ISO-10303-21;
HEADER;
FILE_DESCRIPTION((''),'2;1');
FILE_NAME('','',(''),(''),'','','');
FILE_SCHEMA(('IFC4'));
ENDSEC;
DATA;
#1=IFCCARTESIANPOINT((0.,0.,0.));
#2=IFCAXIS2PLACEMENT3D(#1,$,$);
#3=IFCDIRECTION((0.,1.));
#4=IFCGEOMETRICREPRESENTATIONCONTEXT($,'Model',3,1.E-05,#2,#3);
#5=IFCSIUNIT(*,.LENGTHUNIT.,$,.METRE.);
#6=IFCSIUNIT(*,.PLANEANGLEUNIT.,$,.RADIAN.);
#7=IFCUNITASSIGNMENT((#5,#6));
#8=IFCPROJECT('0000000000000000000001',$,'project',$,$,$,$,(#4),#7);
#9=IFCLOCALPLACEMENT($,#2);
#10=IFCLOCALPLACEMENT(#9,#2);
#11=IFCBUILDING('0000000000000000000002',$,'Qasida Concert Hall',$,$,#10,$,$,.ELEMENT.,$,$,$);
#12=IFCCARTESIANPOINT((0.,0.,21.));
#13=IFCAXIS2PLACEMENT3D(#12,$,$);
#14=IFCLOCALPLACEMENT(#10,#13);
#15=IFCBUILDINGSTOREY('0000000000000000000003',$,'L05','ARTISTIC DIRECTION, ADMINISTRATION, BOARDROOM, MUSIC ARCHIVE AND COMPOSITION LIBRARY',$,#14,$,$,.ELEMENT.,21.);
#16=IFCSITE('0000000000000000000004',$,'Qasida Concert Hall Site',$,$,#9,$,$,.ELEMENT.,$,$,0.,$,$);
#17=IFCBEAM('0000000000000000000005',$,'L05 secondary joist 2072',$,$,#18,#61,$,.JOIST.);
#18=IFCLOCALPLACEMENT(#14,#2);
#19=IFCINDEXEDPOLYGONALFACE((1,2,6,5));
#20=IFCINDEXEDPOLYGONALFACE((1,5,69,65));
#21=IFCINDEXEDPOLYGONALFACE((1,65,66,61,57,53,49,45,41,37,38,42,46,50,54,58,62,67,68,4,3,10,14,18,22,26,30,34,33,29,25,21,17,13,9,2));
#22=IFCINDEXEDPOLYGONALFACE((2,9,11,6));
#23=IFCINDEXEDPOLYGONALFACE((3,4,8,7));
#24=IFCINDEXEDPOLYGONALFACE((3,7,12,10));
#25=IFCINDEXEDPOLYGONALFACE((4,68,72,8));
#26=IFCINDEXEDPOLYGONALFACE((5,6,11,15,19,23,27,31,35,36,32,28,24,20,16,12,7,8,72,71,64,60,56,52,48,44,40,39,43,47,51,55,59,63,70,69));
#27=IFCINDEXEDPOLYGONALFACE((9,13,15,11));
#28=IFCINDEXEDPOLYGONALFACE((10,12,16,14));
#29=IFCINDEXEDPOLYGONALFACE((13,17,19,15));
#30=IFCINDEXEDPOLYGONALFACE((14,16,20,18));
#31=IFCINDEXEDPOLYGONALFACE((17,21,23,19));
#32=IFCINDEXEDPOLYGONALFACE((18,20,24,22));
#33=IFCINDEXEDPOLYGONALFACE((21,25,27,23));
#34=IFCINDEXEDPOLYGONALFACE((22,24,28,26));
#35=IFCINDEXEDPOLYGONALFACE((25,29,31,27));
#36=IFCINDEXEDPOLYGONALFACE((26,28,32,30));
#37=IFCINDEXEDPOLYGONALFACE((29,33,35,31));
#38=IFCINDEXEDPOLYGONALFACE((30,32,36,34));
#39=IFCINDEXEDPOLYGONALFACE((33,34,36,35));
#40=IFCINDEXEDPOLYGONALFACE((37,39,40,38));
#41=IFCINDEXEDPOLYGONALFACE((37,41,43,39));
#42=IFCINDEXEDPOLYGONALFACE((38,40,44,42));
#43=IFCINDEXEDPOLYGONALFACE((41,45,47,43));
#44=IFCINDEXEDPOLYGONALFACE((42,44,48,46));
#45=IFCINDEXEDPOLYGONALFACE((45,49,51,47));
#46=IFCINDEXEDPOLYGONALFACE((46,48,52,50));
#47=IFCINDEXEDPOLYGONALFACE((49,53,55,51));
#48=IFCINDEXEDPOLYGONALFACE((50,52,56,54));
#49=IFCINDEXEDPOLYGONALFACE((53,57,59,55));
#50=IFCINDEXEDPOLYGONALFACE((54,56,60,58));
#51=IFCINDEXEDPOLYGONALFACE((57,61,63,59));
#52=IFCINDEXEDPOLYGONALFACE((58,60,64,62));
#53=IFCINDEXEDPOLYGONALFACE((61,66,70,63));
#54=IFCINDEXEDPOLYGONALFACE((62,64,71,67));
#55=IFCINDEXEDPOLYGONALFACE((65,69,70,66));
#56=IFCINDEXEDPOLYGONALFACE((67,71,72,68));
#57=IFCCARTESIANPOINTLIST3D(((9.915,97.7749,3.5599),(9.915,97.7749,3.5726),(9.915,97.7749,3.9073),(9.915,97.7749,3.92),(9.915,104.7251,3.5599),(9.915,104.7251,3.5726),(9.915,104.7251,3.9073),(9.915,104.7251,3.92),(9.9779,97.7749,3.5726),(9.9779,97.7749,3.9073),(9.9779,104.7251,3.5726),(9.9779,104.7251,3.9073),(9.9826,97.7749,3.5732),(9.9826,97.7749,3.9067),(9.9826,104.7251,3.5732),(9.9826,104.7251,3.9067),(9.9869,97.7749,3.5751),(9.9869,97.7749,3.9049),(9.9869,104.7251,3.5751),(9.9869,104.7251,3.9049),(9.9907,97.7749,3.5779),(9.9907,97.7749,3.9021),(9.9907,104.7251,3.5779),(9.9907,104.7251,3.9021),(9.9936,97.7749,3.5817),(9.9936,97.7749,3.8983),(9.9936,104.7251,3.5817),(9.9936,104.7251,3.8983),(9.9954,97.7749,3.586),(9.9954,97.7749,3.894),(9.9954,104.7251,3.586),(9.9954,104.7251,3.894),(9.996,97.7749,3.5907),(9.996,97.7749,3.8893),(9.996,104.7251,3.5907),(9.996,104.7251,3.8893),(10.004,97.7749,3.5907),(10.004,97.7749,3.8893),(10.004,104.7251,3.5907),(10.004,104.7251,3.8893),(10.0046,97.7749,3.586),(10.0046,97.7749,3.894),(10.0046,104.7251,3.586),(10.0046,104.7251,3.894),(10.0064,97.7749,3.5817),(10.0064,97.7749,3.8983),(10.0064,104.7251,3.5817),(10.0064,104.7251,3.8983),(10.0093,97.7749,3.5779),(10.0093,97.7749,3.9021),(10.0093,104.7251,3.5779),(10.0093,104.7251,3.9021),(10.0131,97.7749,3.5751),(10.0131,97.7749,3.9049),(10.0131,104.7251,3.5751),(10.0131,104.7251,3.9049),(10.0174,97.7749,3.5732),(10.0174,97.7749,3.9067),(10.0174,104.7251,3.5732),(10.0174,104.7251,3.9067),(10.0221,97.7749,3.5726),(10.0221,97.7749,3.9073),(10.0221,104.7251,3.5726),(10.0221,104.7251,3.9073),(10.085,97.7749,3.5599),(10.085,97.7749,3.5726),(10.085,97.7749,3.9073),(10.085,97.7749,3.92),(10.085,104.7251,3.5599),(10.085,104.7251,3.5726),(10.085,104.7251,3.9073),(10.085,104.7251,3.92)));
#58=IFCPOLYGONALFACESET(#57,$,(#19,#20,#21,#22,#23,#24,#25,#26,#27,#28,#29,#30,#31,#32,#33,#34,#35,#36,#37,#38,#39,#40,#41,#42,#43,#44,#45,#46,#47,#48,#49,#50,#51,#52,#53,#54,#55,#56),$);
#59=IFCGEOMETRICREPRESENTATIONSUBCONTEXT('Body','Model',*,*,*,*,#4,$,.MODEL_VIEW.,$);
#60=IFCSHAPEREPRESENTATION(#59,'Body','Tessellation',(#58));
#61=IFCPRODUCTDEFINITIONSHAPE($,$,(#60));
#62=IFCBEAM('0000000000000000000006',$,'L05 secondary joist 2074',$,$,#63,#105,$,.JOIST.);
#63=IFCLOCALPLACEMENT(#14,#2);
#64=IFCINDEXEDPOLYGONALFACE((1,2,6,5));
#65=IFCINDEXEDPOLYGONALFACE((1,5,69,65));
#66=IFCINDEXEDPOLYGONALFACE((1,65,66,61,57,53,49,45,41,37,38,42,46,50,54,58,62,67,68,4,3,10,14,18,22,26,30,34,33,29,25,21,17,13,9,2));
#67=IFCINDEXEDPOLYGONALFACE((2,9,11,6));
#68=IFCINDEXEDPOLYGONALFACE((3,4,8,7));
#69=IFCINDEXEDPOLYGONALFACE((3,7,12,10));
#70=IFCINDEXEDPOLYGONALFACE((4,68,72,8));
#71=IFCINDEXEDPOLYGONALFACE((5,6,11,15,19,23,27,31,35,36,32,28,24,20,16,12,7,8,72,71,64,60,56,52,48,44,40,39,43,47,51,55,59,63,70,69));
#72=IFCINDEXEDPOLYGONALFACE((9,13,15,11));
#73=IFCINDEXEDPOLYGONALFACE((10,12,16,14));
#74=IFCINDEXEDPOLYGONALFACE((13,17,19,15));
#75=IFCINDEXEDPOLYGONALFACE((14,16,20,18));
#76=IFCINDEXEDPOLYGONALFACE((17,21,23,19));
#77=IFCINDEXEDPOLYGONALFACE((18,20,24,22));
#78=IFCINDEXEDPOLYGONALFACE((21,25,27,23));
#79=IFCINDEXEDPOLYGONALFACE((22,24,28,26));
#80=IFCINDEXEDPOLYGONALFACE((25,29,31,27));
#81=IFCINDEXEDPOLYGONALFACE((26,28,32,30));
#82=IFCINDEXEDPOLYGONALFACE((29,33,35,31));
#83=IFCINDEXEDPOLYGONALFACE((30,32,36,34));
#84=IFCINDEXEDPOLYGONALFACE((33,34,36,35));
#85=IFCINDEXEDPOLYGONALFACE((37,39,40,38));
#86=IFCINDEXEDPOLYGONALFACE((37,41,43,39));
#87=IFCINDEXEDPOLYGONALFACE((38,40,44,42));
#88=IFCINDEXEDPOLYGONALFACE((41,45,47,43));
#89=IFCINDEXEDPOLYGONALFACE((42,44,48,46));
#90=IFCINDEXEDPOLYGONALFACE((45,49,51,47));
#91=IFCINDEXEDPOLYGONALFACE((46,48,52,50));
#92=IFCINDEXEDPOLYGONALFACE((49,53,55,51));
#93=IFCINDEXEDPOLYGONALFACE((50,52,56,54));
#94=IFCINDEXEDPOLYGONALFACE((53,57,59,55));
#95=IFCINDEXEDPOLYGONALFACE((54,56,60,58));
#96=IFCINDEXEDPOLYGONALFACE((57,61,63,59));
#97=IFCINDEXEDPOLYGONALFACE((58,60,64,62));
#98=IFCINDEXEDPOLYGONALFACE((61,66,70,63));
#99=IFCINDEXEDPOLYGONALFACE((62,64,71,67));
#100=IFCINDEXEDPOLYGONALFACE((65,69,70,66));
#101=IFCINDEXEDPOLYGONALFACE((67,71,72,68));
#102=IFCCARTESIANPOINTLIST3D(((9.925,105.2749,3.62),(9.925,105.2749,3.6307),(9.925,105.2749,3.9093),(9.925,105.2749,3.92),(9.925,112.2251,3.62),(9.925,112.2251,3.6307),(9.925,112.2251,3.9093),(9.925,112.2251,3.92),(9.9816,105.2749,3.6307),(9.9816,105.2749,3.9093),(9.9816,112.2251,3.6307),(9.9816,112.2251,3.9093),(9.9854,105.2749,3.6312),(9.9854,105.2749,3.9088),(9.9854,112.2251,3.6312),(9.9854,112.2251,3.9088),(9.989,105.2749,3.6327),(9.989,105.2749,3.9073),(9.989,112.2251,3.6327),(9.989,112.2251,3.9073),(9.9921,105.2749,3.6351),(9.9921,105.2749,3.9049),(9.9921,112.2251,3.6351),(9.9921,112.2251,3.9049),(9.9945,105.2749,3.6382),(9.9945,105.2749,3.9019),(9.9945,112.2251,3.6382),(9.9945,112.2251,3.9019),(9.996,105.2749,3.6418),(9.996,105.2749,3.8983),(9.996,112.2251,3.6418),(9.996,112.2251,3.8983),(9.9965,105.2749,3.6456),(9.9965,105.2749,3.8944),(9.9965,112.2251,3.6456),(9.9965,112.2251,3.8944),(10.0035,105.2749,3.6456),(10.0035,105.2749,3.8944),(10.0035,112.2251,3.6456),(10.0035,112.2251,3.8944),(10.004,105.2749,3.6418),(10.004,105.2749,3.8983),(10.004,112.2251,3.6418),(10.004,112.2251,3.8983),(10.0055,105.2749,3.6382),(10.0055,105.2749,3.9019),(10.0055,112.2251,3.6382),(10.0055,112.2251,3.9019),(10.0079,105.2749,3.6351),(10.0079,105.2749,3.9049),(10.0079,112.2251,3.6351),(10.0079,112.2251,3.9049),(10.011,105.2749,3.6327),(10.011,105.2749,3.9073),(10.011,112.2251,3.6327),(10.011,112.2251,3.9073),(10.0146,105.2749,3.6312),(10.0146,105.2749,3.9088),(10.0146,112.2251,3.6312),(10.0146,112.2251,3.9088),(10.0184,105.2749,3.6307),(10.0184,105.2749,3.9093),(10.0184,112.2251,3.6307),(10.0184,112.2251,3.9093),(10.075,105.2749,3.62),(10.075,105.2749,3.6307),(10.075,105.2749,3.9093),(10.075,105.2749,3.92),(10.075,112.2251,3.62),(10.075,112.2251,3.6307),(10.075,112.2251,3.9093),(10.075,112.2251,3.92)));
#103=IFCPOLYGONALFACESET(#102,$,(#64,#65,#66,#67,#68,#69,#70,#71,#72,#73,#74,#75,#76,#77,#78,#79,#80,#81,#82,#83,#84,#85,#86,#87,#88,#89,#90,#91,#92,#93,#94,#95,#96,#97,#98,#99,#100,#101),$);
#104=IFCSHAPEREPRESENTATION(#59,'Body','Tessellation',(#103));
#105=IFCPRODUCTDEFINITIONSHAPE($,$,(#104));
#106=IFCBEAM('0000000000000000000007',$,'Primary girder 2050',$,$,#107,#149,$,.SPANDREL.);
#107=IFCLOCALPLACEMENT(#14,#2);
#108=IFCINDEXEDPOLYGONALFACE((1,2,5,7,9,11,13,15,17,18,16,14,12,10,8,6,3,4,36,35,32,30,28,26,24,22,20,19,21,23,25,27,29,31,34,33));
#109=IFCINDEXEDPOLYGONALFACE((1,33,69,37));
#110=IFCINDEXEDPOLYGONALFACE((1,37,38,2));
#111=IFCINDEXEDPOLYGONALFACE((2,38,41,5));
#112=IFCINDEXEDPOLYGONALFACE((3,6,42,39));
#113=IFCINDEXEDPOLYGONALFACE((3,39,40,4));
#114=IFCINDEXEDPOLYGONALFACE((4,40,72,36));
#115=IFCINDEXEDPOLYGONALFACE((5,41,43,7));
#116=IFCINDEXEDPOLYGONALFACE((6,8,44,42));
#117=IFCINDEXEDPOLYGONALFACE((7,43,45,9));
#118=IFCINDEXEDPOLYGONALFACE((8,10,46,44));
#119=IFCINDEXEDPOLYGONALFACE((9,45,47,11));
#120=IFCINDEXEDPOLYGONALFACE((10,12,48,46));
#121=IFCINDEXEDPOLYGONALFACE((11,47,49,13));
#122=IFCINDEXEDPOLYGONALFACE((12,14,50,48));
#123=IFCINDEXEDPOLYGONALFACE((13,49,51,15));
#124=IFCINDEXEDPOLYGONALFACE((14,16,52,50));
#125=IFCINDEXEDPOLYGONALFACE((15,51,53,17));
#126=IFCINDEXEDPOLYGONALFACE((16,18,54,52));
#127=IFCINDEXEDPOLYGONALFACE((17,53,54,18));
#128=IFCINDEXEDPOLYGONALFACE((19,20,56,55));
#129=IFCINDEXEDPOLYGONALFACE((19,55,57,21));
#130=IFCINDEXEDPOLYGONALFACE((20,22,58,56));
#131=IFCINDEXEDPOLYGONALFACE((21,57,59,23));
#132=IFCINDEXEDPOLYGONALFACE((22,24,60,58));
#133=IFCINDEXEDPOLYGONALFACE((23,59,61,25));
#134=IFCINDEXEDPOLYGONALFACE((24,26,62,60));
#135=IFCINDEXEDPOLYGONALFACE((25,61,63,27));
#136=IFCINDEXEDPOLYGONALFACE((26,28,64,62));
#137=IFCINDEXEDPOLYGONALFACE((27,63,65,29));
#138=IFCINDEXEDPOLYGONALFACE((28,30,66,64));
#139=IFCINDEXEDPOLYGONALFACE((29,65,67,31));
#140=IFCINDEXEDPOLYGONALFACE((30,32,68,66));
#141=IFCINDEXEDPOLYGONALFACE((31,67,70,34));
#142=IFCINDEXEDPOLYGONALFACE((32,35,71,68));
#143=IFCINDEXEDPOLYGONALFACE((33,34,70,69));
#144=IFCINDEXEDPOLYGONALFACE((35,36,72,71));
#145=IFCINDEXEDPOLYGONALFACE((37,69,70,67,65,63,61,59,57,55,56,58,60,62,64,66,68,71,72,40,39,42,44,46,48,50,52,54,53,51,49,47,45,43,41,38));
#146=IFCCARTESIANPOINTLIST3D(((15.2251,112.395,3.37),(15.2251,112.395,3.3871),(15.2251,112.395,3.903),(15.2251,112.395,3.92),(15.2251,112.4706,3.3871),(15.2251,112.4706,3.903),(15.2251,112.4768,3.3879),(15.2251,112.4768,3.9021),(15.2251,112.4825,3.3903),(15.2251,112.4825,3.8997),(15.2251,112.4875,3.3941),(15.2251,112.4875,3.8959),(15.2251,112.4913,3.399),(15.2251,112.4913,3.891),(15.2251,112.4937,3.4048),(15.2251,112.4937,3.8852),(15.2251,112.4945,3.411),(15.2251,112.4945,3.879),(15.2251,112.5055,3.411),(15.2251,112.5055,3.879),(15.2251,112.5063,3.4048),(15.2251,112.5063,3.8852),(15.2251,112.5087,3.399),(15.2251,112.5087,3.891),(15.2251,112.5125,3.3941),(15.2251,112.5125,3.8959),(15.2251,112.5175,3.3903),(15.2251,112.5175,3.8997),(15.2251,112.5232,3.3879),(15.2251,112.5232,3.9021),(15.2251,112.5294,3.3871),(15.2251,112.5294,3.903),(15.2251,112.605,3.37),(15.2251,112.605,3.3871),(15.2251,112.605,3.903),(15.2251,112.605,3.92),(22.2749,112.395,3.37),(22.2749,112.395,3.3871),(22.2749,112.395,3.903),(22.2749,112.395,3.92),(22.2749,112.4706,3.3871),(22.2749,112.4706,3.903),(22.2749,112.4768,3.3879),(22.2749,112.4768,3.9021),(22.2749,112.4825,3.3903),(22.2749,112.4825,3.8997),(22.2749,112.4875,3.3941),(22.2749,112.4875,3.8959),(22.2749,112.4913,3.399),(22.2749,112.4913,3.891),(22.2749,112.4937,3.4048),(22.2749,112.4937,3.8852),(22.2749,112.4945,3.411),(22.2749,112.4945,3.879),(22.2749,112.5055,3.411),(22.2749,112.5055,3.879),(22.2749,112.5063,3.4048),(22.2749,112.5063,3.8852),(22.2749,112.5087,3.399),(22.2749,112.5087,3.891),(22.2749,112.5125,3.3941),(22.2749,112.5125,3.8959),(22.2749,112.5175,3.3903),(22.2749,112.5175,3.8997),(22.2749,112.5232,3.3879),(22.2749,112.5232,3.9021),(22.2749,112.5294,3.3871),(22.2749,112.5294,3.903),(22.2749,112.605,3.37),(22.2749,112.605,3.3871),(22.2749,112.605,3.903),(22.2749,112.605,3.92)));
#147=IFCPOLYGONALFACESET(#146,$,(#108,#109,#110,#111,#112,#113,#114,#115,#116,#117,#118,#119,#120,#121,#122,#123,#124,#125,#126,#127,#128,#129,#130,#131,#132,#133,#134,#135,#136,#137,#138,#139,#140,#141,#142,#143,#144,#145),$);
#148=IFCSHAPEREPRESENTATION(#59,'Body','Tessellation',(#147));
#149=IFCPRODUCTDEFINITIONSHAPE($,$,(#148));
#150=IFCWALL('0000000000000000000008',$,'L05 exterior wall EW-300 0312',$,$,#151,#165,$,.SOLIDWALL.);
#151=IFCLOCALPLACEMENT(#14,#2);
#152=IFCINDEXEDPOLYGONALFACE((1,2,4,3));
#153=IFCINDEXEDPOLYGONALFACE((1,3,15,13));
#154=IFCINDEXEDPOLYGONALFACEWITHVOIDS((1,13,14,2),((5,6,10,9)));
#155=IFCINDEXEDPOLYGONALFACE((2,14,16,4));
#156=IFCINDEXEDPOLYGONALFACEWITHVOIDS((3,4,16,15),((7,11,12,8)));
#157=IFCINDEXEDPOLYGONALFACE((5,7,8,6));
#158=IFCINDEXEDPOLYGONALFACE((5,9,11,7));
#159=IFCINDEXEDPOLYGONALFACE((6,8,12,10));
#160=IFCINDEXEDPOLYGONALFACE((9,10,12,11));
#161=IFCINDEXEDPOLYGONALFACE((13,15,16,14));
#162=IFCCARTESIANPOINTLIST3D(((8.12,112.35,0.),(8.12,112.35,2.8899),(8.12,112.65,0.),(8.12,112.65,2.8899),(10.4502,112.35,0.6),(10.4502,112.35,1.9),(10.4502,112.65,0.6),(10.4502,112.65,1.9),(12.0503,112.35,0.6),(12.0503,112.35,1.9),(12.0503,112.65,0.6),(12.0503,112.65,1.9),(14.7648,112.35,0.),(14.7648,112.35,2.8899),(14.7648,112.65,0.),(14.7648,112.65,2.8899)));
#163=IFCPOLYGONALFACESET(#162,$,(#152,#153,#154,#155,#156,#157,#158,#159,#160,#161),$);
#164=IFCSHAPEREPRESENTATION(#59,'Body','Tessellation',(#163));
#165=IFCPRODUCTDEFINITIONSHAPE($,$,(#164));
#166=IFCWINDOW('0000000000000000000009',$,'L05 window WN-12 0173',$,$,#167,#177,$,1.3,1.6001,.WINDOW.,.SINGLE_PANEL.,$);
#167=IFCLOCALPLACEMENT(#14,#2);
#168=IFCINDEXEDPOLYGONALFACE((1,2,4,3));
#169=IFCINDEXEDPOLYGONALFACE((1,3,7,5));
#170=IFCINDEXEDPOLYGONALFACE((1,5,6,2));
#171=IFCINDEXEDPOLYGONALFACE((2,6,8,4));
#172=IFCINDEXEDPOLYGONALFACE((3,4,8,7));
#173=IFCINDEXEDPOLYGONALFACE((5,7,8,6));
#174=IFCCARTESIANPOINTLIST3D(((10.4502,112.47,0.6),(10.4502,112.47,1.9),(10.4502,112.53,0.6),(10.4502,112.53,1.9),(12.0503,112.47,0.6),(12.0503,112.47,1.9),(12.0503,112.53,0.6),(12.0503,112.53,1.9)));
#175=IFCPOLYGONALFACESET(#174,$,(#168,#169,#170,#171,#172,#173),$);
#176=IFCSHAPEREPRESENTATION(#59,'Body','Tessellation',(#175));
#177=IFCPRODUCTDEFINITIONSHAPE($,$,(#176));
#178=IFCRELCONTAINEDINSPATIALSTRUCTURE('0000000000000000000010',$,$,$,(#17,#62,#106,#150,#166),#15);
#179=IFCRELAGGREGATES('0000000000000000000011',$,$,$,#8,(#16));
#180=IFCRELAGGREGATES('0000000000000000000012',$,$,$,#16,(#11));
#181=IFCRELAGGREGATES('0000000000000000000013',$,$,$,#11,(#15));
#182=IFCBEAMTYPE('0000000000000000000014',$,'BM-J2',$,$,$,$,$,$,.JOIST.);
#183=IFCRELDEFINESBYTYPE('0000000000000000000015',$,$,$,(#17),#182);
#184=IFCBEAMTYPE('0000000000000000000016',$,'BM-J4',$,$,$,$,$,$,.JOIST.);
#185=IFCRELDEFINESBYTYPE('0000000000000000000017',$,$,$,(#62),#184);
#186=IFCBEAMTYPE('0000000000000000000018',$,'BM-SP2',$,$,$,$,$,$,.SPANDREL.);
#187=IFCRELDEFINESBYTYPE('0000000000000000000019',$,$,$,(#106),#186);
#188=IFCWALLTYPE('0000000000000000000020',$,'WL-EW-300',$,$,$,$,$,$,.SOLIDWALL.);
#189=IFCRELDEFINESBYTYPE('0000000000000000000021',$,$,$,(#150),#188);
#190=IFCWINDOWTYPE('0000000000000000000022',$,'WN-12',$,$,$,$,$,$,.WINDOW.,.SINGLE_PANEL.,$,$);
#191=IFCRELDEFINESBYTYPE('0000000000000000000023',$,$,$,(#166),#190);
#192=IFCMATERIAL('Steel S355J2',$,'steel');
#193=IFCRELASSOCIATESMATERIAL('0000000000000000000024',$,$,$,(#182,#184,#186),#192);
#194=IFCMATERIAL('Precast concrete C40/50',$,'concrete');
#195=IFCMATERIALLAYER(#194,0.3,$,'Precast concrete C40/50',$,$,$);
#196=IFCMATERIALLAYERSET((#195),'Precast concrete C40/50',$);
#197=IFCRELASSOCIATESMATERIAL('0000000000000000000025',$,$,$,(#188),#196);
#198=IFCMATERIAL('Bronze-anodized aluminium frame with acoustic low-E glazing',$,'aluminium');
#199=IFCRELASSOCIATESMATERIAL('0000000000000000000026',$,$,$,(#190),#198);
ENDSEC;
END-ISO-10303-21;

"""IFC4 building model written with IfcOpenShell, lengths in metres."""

from ifc_helpers import new_model, si_unit, direction, frame, frame_2d, origin, origin_2d, place, context, subcontext, project, spatial, rectangle, i_section, extrude, material, layer, layer_set, material_profile, profile_set, type_object, element, fill, save


model = new_model("IFC4")

# Units and contexts
model_context = context("Model", 3, precision=1e-05, world=origin(), true_north=direction((0.0, 1.0)))
body_context = subcontext(model_context, "Body", "Model", "MODEL_VIEW")
ifc_project = project(units=[si_unit("LENGTHUNIT", "METRE"), si_unit("PLANEANGLEUNIT", "RADIAN")], contexts=[model_context])

# Site, building, storey
site_placement = place(None, origin())
site = spatial("IfcSite", under=ifc_project, at=site_placement, Name="Qasida Concert Hall Site", CompositionType="ELEMENT", RefElevation=0.0)
building_placement = place(site_placement, origin())
building = spatial("IfcBuilding", under=site, at=building_placement, Name="Qasida Concert Hall", CompositionType="ELEMENT")
storey_placement = place(building_placement, frame((0.0, 0.0, 21.0)))
storey = spatial("IfcBuildingStorey", under=building, at=storey_placement, Name="L05", Description="ARTISTIC DIRECTION, ADMINISTRATION, BOARDROOM, MUSIC ARCHIVE AND COMPOSITION LIBRARY", CompositionType="ELEMENT", Elevation=21.0)

# Beams
ifc_material_1 = material(Name="Steel S355J2", Category="steel")
ifc_material_profile_1 = material_profile(ifc_material_1, i_section(OverallWidth=0.1699, OverallDepth=0.3601, WebThickness=0.0081, FlangeThickness=0.0127, FilletRadius=0.0181, at=origin_2d()), Name="IPE 360")
ifc_profile_set_1 = profile_set([ifc_material_profile_1], Name="Steel S355J2")
beam_type_1 = type_object("IfcBeamType", Name="BM-J2", PredefinedType="JOIST", material=ifc_profile_set_1)
beam_1_placement = place(storey_placement, frame((10.0, 97.7749, 3.74), z_axis=(0.0, 1.0, 0.0), x_axis=(-1.0, 0.0, 0.0)))
element("IfcBeam", 1, at=beam_1_placement, inside=storey, type_object=beam_type_1, Name="L05 secondary joist 2072", PredefinedType="JOIST", context=body_context, shape_type="SweptSolid", body=[
    extrude(i_section(OverallWidth=0.1699, OverallDepth=0.3601, WebThickness=0.0081, FlangeThickness=0.0127, FilletRadius=0.0181, at=origin_2d()), origin(), (0.0, 0.0, 1.0), 6.9502),
])
ifc_material_profile_2 = material_profile(ifc_material_1, i_section(OverallWidth=0.1499, OverallDepth=0.3, WebThickness=0.0071, FlangeThickness=0.0107, FilletRadius=0.0149, at=origin_2d()), Name="IPE 300")
ifc_profile_set_2 = profile_set([ifc_material_profile_2], Name="Steel S355J2")
beam_type_2 = type_object("IfcBeamType", Name="BM-J4", PredefinedType="JOIST", material=ifc_profile_set_2)
beam_2_placement = place(storey_placement, frame((10.0, 105.2749, 3.77), z_axis=(0.0, 1.0, 0.0), x_axis=(-1.0, 0.0, 0.0)))
element("IfcBeam", 2, at=beam_2_placement, inside=storey, type_object=beam_type_2, Name="L05 secondary joist 2074", PredefinedType="JOIST", context=body_context, shape_type="SweptSolid", body=[
    extrude(i_section(OverallWidth=0.1499, OverallDepth=0.3, WebThickness=0.0071, FlangeThickness=0.0107, FilletRadius=0.0149, at=origin_2d()), origin(), (0.0, 0.0, 1.0), 6.9502),
])
ifc_material_profile_3 = material_profile(ifc_material_1, i_section(OverallWidth=0.21, OverallDepth=0.55, WebThickness=0.011, FlangeThickness=0.0171, FilletRadius=0.0239, at=origin_2d()), Name="IPE 550")
ifc_profile_set_3 = profile_set([ifc_material_profile_3], Name="Steel S355J2")
beam_type_3 = type_object("IfcBeamType", Name="BM-SP2", PredefinedType="SPANDREL", material=ifc_profile_set_3)
beam_3_placement = place(storey_placement, frame((15.2251, 112.5, 3.645), z_axis=(1.0, 0.0, 0.0), x_axis=(0.0, 1.0, 0.0)))
element("IfcBeam", 3, at=beam_3_placement, inside=storey, type_object=beam_type_3, Name="Primary girder 2050", PredefinedType="SPANDREL", context=body_context, shape_type="SweptSolid", body=[
    extrude(i_section(OverallWidth=0.21, OverallDepth=0.55, WebThickness=0.011, FlangeThickness=0.0171, FilletRadius=0.0239, at=origin_2d()), origin(), (0.0, 0.0, 1.0), 7.0498),
])

# Wall, opening, window
ifc_material_2 = material(Name="Precast concrete C40/50", Category="concrete")
ifc_layer_1 = layer(ifc_material_2, 0.3, Name="Precast concrete C40/50")
ifc_layer_set_1 = layer_set([ifc_layer_1], Name="Precast concrete C40/50")
wall_type_1 = type_object("IfcWallType", Name="WL-EW-300", PredefinedType="SOLIDWALL", material=ifc_layer_set_1)
wall_1_placement = place(storey_placement, frame((8.1201, 112.5, 0.0), z_axis=(0.0, 0.0, 1.0), x_axis=(1.0, 0.0, 0.0)))
wall_1 = element("IfcWall", 4, at=wall_1_placement, inside=storey, type_object=wall_type_1, Name="L05 exterior wall EW-300 0312", PredefinedType="SOLIDWALL", context=body_context, shape_type="SweptSolid", body=[
    extrude(rectangle(XDim=6.6448, YDim=0.3, at=frame_2d((3.3223, 0.0))), origin(), (0.0, 0.0, 1.0), 2.8899),
])
opening_1_placement = place(wall_1_placement, frame((2.3301, 0.0, 0.6001)))
opening_1 = element("IfcOpeningElement", 5, at=opening_1_placement, cuts=wall_1, PredefinedType="OPENING", context=body_context, shape_type="SweptSolid", body=[
    extrude(rectangle(XDim=1.6001, YDim=1.3, at=frame_2d((0.8, 0.6499))), frame((0.0, 0.1599, 0.0), z_axis=(0.0, -1.0, 0.0), x_axis=(1.0, 0.0, 0.0)), (0.0, 0.0, 1.0), 0.3201),
])
ifc_material_3 = material(Name="Bronze-anodized aluminium frame with acoustic low-E glazing", Category="aluminium")
window_type = type_object("IfcWindowType", Name="WN-12", PartitioningType="SINGLE_PANEL", PredefinedType="WINDOW", material=ifc_material_3)
window_placement = place(opening_1_placement, origin())
window = element("IfcWindow", 6, at=window_placement, inside=storey, type_object=window_type, Name="L05 window WN-12 0173", OverallHeight=1.3, OverallWidth=1.6001, PartitioningType="SINGLE_PANEL", PredefinedType="WINDOW", context=body_context, shape_type="SweptSolid", body=[
    extrude(rectangle(XDim=1.6001, YDim=1.3, at=frame_2d((0.8, 0.6499))), frame((0.0, 0.03, 0.0), z_axis=(0.0, -1.0, 0.0), x_axis=(1.0, 0.0, 0.0)), (0.0, 0.0, 1.0), 0.0601),
])
fill(opening_1, window)

save(model, "model.ifc")
